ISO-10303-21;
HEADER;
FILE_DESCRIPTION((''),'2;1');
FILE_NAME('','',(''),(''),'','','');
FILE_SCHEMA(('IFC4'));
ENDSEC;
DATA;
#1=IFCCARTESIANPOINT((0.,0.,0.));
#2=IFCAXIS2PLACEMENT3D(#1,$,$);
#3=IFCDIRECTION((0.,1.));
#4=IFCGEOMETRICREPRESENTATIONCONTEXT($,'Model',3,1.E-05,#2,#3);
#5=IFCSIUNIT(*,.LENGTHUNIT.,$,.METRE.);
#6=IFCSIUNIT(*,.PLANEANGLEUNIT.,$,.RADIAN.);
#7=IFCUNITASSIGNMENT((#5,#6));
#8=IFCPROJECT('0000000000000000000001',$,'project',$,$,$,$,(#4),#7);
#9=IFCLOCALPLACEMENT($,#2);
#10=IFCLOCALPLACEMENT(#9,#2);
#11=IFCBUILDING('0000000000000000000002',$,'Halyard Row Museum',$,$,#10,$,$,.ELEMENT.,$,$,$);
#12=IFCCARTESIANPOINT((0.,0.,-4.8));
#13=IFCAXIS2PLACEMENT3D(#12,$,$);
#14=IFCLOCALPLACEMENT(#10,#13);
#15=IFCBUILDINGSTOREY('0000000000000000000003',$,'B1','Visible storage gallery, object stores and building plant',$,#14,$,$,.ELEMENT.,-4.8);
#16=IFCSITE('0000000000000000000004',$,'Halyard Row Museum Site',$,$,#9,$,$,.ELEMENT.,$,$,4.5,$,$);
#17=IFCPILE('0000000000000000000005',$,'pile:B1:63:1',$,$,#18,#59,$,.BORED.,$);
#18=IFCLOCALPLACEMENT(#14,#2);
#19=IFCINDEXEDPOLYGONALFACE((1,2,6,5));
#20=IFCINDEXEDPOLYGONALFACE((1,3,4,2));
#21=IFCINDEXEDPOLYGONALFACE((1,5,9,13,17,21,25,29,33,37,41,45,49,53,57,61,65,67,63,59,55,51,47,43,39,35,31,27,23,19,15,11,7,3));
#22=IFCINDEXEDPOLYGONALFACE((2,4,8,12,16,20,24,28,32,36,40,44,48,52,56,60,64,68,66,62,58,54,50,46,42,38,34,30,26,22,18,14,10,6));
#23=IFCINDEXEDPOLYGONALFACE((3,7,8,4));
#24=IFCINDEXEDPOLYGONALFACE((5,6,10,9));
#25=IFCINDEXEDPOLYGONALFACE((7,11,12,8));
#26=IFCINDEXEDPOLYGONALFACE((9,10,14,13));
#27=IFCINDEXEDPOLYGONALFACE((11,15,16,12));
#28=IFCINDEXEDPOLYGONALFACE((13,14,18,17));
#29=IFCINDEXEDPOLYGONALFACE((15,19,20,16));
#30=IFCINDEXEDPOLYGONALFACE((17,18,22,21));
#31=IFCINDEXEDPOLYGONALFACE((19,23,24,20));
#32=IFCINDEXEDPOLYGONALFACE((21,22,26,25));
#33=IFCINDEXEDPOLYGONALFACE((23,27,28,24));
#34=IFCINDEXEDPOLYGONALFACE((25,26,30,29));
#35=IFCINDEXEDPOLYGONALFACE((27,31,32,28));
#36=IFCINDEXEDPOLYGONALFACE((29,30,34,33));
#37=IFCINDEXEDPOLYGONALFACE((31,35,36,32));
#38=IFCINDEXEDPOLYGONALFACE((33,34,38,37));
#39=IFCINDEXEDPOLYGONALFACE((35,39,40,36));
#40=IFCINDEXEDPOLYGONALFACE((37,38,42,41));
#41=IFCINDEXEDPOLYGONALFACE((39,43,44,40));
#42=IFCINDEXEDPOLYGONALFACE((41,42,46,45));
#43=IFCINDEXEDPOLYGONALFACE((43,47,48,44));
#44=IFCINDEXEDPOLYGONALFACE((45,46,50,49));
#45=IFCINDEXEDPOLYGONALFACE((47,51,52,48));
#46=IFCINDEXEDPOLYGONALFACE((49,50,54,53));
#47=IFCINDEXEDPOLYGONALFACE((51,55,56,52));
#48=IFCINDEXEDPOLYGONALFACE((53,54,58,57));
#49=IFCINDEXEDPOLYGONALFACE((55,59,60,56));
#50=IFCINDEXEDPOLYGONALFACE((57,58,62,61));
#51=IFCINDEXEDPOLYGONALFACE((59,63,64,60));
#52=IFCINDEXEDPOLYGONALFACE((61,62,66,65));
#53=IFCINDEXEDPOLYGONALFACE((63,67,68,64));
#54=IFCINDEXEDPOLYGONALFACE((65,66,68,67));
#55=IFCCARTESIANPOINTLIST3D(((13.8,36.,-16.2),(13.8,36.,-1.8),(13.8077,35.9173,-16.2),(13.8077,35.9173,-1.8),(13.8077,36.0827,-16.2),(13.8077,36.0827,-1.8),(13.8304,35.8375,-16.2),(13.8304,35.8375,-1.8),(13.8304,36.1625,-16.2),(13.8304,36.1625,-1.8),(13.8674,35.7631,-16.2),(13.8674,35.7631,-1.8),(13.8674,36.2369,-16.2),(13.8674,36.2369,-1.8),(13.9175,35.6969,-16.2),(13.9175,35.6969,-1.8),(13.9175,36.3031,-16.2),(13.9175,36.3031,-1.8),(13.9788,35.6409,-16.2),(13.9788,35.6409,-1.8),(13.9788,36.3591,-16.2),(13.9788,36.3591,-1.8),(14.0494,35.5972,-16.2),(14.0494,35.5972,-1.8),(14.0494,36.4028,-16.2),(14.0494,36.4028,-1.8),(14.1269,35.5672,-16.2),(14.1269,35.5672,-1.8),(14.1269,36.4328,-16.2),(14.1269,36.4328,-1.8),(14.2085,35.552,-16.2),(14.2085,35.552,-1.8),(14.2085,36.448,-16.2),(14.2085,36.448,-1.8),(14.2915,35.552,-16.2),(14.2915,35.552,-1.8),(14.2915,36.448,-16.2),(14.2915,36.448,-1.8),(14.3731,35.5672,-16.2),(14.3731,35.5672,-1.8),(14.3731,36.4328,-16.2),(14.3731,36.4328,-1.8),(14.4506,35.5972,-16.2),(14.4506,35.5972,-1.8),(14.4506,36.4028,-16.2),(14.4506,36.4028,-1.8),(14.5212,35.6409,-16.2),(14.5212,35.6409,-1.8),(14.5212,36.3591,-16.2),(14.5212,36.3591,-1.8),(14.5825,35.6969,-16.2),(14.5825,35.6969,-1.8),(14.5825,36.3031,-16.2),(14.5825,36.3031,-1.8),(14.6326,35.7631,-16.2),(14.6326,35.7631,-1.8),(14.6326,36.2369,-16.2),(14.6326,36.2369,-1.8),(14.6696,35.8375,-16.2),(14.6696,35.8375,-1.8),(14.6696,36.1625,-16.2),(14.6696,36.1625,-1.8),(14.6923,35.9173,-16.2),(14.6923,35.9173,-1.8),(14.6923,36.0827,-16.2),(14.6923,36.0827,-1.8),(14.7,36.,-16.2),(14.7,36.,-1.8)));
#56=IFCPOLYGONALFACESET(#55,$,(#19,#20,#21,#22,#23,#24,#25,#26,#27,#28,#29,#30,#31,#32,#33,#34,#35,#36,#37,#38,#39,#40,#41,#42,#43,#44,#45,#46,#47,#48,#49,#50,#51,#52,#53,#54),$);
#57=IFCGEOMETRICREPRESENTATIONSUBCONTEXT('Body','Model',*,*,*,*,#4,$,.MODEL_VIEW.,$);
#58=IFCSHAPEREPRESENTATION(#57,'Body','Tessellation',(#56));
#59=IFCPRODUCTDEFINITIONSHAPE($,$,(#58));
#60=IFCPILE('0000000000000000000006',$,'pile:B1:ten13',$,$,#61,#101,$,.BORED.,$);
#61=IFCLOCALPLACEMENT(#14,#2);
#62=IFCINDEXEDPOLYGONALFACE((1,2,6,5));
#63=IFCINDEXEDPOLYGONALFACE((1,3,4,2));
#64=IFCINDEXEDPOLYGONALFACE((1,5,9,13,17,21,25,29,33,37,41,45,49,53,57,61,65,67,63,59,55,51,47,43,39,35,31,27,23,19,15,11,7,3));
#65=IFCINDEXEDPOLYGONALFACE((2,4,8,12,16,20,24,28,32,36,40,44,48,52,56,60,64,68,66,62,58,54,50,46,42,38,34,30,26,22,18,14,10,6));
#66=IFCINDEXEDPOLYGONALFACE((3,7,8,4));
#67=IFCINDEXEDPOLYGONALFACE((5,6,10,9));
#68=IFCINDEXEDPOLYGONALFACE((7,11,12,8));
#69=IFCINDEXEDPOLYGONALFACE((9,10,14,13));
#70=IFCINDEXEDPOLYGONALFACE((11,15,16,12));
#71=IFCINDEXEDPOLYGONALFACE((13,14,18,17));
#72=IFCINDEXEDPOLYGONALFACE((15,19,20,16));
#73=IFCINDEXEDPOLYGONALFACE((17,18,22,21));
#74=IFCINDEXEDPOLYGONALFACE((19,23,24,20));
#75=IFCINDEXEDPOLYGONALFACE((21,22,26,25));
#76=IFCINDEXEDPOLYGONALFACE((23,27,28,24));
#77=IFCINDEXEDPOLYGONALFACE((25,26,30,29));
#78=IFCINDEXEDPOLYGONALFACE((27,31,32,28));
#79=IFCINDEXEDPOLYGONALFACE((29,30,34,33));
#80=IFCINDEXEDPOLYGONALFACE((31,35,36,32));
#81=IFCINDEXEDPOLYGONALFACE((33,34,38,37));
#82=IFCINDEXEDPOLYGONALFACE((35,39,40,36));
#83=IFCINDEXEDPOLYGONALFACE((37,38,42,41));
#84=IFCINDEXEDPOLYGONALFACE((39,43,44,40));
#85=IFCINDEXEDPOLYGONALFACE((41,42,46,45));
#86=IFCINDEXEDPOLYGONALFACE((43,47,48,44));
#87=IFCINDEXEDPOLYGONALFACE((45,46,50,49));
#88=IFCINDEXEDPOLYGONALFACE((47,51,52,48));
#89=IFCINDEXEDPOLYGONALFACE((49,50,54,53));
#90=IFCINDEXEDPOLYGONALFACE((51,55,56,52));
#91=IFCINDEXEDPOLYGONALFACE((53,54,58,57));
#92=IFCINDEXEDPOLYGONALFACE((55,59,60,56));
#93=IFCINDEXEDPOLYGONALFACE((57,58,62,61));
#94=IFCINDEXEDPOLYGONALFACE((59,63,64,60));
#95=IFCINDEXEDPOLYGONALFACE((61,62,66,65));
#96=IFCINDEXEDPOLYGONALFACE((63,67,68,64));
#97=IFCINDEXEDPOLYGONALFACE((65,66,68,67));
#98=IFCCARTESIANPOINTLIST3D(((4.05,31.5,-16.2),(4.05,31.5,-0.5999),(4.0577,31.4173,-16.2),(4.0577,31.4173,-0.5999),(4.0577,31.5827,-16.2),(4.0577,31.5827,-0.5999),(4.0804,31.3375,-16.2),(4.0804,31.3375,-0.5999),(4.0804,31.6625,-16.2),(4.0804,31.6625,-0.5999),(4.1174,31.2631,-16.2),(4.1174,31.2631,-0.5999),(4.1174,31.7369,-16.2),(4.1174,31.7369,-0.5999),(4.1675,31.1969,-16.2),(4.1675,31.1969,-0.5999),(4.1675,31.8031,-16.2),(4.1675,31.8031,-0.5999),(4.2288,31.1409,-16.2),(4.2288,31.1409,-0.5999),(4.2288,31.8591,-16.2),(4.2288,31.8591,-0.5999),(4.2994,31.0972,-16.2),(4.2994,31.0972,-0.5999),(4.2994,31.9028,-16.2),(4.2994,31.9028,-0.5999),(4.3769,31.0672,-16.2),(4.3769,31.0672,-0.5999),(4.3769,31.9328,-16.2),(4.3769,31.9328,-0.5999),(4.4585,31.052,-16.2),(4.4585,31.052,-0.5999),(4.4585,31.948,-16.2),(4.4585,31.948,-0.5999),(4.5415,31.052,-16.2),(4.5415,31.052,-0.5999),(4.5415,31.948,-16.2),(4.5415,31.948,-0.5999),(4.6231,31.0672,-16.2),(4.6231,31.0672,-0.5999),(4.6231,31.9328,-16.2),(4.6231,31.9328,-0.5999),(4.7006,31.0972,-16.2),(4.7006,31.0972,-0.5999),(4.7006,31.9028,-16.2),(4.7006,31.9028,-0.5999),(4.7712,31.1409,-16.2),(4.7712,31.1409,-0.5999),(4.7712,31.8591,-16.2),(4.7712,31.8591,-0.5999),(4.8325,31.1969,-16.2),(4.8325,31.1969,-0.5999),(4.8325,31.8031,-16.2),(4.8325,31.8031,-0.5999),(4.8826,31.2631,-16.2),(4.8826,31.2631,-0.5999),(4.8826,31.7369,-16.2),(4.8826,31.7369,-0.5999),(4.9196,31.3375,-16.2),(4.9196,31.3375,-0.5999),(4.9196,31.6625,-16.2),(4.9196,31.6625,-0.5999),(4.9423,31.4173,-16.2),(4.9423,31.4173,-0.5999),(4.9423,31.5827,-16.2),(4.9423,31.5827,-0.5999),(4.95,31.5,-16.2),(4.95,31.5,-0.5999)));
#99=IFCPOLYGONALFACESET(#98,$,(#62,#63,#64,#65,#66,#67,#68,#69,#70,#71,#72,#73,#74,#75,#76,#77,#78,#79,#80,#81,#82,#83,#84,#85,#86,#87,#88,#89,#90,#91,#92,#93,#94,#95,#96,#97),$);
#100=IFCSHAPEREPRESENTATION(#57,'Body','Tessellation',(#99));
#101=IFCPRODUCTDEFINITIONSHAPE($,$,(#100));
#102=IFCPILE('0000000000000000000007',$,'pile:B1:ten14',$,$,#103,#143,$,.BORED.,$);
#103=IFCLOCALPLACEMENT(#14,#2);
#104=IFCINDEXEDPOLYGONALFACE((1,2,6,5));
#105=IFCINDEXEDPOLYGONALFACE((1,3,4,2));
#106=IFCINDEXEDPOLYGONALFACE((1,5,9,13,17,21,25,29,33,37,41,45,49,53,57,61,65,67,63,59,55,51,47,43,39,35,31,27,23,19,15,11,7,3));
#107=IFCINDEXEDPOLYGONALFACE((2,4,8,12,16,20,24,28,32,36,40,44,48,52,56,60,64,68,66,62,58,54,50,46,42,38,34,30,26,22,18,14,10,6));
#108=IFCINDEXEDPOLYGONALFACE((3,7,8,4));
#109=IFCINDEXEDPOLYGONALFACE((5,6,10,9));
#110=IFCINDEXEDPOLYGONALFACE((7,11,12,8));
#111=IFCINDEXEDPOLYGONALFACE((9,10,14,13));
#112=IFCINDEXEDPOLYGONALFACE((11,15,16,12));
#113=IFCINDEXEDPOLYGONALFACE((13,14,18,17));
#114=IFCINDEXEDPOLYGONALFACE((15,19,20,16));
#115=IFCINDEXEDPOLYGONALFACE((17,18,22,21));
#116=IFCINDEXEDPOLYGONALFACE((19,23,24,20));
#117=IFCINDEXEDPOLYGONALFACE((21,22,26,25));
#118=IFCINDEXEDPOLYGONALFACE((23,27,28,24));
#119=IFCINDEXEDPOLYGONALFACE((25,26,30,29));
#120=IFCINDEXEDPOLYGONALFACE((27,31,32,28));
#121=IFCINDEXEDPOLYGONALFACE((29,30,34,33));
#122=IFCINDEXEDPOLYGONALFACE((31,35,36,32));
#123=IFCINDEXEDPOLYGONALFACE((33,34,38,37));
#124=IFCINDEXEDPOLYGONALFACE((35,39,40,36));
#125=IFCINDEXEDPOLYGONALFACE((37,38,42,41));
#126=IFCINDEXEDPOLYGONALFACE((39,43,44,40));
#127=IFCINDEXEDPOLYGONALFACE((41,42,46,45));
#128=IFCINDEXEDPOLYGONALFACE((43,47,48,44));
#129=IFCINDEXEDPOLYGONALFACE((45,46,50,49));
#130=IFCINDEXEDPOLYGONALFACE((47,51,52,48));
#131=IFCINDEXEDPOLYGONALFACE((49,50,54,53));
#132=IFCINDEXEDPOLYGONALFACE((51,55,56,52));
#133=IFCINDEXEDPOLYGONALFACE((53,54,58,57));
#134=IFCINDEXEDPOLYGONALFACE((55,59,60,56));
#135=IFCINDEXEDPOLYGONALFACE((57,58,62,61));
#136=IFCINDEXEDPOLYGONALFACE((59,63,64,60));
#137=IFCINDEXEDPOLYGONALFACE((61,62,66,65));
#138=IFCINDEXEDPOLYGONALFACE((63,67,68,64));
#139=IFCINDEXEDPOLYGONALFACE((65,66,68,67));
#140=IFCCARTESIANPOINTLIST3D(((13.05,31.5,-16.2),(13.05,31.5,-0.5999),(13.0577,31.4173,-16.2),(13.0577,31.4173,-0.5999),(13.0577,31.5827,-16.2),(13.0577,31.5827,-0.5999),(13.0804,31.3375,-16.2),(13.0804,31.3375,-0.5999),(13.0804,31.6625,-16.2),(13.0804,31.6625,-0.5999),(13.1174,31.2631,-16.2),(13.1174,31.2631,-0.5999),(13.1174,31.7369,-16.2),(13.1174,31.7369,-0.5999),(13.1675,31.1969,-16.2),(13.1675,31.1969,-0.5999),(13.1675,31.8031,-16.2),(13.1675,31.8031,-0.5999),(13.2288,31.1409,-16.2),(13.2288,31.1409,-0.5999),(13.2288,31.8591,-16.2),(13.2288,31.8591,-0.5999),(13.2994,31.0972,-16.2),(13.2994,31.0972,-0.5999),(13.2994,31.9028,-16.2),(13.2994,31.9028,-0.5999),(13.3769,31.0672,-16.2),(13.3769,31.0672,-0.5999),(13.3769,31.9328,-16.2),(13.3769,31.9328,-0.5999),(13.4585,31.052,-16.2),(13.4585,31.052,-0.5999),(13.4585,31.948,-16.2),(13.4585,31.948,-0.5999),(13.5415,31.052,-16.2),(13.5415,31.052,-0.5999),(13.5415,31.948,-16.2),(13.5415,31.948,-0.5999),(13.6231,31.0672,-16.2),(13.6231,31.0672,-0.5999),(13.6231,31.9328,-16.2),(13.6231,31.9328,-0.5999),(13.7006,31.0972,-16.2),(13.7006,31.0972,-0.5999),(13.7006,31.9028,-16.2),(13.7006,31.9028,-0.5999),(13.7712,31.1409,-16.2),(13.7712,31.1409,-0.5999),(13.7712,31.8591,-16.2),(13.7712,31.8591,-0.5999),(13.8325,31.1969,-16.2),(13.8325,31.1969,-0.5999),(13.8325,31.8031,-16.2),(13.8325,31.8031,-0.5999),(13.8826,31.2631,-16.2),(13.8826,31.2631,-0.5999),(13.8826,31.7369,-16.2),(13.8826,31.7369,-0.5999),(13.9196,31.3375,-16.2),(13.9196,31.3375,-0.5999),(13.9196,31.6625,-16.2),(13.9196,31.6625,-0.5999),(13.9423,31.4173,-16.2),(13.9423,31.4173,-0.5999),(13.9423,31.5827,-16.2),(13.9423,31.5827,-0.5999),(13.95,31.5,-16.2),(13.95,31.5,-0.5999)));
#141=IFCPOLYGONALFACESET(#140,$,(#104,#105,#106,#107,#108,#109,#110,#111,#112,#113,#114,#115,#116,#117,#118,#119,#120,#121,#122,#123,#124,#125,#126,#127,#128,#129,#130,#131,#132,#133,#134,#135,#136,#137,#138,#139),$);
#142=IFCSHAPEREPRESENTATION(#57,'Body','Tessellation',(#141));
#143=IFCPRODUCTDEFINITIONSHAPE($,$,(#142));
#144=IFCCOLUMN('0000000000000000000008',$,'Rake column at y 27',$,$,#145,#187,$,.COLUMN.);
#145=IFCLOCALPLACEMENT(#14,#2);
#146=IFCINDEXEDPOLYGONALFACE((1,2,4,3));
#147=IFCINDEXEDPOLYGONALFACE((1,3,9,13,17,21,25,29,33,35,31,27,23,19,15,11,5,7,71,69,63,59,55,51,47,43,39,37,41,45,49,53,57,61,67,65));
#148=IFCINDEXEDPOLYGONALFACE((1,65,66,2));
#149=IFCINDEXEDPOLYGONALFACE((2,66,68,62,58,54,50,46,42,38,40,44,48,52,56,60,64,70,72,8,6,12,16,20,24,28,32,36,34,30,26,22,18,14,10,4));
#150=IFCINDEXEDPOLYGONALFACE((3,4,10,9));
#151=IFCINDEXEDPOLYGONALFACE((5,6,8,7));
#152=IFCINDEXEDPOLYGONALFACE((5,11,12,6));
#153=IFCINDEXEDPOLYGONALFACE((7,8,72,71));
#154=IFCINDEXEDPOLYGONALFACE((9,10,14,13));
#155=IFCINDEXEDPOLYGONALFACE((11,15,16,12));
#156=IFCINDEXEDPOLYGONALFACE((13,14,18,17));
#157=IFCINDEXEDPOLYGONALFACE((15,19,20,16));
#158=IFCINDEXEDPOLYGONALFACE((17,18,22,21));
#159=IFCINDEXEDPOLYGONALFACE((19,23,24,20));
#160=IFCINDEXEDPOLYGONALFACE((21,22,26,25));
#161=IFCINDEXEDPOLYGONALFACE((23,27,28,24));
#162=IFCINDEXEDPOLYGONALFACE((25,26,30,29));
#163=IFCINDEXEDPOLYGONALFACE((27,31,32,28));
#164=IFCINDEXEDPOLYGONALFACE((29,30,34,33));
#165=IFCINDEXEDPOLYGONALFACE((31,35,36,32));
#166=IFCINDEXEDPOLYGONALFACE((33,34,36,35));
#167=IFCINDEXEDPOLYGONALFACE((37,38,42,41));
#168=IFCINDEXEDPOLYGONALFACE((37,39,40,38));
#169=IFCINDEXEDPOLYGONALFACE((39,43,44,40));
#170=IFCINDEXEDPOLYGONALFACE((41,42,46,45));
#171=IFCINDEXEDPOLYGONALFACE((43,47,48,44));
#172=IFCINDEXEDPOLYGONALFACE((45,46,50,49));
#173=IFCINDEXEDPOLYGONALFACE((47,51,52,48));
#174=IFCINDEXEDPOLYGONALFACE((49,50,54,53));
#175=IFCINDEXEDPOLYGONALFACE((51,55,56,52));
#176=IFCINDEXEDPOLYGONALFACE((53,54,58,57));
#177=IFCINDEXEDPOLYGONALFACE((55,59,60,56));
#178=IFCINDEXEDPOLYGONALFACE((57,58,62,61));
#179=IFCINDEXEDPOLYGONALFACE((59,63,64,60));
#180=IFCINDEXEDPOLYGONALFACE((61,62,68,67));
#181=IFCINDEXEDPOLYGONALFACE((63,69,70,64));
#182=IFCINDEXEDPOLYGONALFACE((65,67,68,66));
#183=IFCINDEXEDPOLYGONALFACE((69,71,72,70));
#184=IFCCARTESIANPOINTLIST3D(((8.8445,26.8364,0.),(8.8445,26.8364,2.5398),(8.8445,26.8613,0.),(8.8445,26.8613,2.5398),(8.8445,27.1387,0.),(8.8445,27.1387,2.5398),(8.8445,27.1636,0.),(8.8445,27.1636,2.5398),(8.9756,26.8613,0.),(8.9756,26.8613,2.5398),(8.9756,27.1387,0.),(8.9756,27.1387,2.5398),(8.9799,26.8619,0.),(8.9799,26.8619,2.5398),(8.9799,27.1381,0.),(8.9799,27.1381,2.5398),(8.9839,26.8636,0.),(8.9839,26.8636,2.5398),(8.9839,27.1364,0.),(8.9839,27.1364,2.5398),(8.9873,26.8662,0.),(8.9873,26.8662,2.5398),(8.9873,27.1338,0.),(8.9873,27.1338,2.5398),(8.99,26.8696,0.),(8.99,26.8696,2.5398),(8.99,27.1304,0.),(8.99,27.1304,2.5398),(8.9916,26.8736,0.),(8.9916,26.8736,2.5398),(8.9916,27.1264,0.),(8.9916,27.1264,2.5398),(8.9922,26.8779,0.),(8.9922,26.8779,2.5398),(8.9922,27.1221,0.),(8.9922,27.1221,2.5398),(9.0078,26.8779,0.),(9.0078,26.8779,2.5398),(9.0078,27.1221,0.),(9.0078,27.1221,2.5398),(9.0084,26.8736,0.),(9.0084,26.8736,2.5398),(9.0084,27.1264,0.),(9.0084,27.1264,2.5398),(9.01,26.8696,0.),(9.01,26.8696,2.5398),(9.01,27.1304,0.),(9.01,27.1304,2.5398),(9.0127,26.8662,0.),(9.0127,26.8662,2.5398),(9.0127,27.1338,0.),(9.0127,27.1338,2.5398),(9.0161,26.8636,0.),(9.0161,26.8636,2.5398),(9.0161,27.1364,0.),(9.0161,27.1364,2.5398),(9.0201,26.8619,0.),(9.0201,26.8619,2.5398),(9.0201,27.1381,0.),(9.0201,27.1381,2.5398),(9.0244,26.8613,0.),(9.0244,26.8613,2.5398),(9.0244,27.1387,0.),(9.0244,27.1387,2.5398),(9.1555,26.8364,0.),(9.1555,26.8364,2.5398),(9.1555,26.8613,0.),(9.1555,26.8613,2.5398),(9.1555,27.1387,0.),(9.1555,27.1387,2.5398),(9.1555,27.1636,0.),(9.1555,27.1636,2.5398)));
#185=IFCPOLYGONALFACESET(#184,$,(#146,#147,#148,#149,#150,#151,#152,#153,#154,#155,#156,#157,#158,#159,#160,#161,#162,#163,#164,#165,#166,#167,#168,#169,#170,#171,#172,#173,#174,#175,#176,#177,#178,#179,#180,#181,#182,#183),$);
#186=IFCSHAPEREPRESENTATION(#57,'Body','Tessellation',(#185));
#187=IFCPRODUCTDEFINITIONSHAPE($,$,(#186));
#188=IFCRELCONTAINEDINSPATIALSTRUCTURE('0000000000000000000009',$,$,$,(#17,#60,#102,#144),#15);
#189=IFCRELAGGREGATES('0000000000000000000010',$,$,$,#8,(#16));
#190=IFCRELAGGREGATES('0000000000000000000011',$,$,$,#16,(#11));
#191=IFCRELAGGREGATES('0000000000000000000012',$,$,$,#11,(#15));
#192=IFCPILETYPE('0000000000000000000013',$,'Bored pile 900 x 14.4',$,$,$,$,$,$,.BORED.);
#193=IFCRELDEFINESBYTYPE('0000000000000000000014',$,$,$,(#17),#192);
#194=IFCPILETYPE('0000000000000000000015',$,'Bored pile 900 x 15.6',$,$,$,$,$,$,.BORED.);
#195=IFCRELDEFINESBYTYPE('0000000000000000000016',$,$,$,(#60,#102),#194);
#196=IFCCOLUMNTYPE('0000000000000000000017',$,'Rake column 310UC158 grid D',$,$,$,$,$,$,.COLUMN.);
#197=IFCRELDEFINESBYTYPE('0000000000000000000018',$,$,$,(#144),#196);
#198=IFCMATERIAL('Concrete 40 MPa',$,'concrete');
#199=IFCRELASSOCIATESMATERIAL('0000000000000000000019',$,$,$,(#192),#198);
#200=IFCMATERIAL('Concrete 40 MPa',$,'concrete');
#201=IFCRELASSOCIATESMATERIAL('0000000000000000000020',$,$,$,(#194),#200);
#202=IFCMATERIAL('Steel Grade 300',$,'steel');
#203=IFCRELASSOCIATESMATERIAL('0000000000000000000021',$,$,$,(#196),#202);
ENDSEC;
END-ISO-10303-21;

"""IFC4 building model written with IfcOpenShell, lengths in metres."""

from ifc_helpers import new_model, si_unit, direction, frame, origin, origin_2d, place, context, subcontext, project, spatial, circle, i_section, extrude, material, material_profile, profile_set, type_object, element, save


model = new_model("IFC4")

# Units and contexts
model_context = context("Model", 3, precision=1e-05, world=origin(), true_north=direction((0.0, 1.0)))
body_context = subcontext(model_context, "Body", "Model", "MODEL_VIEW")
ifc_project = project(units=[si_unit("LENGTHUNIT", "METRE"), si_unit("PLANEANGLEUNIT", "RADIAN")], contexts=[model_context])

# Site, building, storey
site_placement = place(None, origin())
site = spatial("IfcSite", under=ifc_project, at=site_placement, Name="Halyard Row Museum Site", CompositionType="ELEMENT", RefElevation=4.5)
building_placement = place(site_placement, origin())
building = spatial("IfcBuilding", under=site, at=building_placement, Name="Halyard Row Museum", CompositionType="ELEMENT")
storey_placement = place(building_placement, frame((0.0, 0.0, -4.8)))
storey = spatial("IfcBuildingStorey", under=building, at=storey_placement, Name="B1", Description="Visible storage gallery, object stores and building plant", CompositionType="ELEMENT", Elevation=-4.8)

# Piles
ifc_material_1 = material(Name="Concrete 40 MPa", Category="concrete")
ifc_material_profile_1 = material_profile(ifc_material_1, circle(Radius=0.45, at=origin_2d()), Name="Bored pile 900 x 14.4")
ifc_profile_set_1 = profile_set([ifc_material_profile_1], Name="Concrete 40 MPa")
pile_type_1 = type_object("IfcPileType", Name="Bored pile 900 x 14.4", PredefinedType="BORED", material=ifc_profile_set_1)
for number, where, z_axis, x_axis, name in (
    (1, (14.25, 36.0, -1.8), (0.0, 0.0, -1.0), (1.0, 0.0, 0.0), "pile:B1:63:1"),
):
    element("IfcPile", number, at=place(storey_placement, frame(where, z_axis=z_axis, x_axis=x_axis)), inside=storey, type_object=pile_type_1, Name=name, PredefinedType="BORED", context=body_context, shape_type="SweptSolid", body=[
        extrude(circle(Radius=0.45, at=origin_2d()), origin(), (0.0, 0.0, 1.0), 14.3999),
    ])
ifc_material_2 = material(Name="Concrete 40 MPa", Category="concrete")
ifc_material_profile_2 = material_profile(ifc_material_2, circle(Radius=0.45, at=origin_2d()), Name="Bored pile 900 x 15.6")
ifc_profile_set_2 = profile_set([ifc_material_profile_2], Name="Concrete 40 MPa")
pile_type_2 = type_object("IfcPileType", Name="Bored pile 900 x 15.6", PredefinedType="BORED", material=ifc_profile_set_2)
for number, where, z_axis, x_axis, name in (
    (2, (4.5, 31.5, -0.5999), (0.0, 0.0, -1.0), (1.0, 0.0, 0.0), "pile:B1:ten13"),
    (3, (13.5, 31.5, -0.5999), (0.0, 0.0, -1.0), (1.0, 0.0, 0.0), "pile:B1:ten14"),
):
    element("IfcPile", number, at=place(storey_placement, frame(where, z_axis=z_axis, x_axis=x_axis)), inside=storey, type_object=pile_type_2, Name=name, PredefinedType="BORED", context=body_context, shape_type="SweptSolid", body=[
        extrude(circle(Radius=0.45, at=origin_2d()), origin(), (0.0, 0.0, 1.0), 15.6001),
    ])

# Column
ifc_material_3 = material(Name="Steel Grade 300", Category="steel")
ifc_material_profile_3 = material_profile(ifc_material_3, i_section(OverallWidth=0.311, OverallDepth=0.3271, WebThickness=0.0156, FlangeThickness=0.0249, FilletRadius=0.0166, at=origin_2d()), Name="310UC158")
ifc_profile_set_3 = profile_set([ifc_material_profile_3], Name="Steel Grade 300")
column_type_1 = type_object("IfcColumnType", Name="Rake column 310UC158 grid D", PredefinedType="COLUMN", material=ifc_profile_set_3)
column_1_placement = place(storey_placement, frame((9.0, 27.0, 0.0), z_axis=(0.0, 0.0, 1.0), x_axis=(1.0, 0.0, 0.0)))
element("IfcColumn", 4, at=column_1_placement, inside=storey, type_object=column_type_1, Name="Rake column at y 27", PredefinedType="COLUMN", context=body_context, shape_type="SweptSolid", body=[
    extrude(i_section(OverallWidth=0.311, OverallDepth=0.3271, WebThickness=0.0156, FlangeThickness=0.0249, FilletRadius=0.0166, at=origin_2d()), origin(), (0.0, 0.0, 1.0), 2.5398),
])

save(model, "model.ifc")
